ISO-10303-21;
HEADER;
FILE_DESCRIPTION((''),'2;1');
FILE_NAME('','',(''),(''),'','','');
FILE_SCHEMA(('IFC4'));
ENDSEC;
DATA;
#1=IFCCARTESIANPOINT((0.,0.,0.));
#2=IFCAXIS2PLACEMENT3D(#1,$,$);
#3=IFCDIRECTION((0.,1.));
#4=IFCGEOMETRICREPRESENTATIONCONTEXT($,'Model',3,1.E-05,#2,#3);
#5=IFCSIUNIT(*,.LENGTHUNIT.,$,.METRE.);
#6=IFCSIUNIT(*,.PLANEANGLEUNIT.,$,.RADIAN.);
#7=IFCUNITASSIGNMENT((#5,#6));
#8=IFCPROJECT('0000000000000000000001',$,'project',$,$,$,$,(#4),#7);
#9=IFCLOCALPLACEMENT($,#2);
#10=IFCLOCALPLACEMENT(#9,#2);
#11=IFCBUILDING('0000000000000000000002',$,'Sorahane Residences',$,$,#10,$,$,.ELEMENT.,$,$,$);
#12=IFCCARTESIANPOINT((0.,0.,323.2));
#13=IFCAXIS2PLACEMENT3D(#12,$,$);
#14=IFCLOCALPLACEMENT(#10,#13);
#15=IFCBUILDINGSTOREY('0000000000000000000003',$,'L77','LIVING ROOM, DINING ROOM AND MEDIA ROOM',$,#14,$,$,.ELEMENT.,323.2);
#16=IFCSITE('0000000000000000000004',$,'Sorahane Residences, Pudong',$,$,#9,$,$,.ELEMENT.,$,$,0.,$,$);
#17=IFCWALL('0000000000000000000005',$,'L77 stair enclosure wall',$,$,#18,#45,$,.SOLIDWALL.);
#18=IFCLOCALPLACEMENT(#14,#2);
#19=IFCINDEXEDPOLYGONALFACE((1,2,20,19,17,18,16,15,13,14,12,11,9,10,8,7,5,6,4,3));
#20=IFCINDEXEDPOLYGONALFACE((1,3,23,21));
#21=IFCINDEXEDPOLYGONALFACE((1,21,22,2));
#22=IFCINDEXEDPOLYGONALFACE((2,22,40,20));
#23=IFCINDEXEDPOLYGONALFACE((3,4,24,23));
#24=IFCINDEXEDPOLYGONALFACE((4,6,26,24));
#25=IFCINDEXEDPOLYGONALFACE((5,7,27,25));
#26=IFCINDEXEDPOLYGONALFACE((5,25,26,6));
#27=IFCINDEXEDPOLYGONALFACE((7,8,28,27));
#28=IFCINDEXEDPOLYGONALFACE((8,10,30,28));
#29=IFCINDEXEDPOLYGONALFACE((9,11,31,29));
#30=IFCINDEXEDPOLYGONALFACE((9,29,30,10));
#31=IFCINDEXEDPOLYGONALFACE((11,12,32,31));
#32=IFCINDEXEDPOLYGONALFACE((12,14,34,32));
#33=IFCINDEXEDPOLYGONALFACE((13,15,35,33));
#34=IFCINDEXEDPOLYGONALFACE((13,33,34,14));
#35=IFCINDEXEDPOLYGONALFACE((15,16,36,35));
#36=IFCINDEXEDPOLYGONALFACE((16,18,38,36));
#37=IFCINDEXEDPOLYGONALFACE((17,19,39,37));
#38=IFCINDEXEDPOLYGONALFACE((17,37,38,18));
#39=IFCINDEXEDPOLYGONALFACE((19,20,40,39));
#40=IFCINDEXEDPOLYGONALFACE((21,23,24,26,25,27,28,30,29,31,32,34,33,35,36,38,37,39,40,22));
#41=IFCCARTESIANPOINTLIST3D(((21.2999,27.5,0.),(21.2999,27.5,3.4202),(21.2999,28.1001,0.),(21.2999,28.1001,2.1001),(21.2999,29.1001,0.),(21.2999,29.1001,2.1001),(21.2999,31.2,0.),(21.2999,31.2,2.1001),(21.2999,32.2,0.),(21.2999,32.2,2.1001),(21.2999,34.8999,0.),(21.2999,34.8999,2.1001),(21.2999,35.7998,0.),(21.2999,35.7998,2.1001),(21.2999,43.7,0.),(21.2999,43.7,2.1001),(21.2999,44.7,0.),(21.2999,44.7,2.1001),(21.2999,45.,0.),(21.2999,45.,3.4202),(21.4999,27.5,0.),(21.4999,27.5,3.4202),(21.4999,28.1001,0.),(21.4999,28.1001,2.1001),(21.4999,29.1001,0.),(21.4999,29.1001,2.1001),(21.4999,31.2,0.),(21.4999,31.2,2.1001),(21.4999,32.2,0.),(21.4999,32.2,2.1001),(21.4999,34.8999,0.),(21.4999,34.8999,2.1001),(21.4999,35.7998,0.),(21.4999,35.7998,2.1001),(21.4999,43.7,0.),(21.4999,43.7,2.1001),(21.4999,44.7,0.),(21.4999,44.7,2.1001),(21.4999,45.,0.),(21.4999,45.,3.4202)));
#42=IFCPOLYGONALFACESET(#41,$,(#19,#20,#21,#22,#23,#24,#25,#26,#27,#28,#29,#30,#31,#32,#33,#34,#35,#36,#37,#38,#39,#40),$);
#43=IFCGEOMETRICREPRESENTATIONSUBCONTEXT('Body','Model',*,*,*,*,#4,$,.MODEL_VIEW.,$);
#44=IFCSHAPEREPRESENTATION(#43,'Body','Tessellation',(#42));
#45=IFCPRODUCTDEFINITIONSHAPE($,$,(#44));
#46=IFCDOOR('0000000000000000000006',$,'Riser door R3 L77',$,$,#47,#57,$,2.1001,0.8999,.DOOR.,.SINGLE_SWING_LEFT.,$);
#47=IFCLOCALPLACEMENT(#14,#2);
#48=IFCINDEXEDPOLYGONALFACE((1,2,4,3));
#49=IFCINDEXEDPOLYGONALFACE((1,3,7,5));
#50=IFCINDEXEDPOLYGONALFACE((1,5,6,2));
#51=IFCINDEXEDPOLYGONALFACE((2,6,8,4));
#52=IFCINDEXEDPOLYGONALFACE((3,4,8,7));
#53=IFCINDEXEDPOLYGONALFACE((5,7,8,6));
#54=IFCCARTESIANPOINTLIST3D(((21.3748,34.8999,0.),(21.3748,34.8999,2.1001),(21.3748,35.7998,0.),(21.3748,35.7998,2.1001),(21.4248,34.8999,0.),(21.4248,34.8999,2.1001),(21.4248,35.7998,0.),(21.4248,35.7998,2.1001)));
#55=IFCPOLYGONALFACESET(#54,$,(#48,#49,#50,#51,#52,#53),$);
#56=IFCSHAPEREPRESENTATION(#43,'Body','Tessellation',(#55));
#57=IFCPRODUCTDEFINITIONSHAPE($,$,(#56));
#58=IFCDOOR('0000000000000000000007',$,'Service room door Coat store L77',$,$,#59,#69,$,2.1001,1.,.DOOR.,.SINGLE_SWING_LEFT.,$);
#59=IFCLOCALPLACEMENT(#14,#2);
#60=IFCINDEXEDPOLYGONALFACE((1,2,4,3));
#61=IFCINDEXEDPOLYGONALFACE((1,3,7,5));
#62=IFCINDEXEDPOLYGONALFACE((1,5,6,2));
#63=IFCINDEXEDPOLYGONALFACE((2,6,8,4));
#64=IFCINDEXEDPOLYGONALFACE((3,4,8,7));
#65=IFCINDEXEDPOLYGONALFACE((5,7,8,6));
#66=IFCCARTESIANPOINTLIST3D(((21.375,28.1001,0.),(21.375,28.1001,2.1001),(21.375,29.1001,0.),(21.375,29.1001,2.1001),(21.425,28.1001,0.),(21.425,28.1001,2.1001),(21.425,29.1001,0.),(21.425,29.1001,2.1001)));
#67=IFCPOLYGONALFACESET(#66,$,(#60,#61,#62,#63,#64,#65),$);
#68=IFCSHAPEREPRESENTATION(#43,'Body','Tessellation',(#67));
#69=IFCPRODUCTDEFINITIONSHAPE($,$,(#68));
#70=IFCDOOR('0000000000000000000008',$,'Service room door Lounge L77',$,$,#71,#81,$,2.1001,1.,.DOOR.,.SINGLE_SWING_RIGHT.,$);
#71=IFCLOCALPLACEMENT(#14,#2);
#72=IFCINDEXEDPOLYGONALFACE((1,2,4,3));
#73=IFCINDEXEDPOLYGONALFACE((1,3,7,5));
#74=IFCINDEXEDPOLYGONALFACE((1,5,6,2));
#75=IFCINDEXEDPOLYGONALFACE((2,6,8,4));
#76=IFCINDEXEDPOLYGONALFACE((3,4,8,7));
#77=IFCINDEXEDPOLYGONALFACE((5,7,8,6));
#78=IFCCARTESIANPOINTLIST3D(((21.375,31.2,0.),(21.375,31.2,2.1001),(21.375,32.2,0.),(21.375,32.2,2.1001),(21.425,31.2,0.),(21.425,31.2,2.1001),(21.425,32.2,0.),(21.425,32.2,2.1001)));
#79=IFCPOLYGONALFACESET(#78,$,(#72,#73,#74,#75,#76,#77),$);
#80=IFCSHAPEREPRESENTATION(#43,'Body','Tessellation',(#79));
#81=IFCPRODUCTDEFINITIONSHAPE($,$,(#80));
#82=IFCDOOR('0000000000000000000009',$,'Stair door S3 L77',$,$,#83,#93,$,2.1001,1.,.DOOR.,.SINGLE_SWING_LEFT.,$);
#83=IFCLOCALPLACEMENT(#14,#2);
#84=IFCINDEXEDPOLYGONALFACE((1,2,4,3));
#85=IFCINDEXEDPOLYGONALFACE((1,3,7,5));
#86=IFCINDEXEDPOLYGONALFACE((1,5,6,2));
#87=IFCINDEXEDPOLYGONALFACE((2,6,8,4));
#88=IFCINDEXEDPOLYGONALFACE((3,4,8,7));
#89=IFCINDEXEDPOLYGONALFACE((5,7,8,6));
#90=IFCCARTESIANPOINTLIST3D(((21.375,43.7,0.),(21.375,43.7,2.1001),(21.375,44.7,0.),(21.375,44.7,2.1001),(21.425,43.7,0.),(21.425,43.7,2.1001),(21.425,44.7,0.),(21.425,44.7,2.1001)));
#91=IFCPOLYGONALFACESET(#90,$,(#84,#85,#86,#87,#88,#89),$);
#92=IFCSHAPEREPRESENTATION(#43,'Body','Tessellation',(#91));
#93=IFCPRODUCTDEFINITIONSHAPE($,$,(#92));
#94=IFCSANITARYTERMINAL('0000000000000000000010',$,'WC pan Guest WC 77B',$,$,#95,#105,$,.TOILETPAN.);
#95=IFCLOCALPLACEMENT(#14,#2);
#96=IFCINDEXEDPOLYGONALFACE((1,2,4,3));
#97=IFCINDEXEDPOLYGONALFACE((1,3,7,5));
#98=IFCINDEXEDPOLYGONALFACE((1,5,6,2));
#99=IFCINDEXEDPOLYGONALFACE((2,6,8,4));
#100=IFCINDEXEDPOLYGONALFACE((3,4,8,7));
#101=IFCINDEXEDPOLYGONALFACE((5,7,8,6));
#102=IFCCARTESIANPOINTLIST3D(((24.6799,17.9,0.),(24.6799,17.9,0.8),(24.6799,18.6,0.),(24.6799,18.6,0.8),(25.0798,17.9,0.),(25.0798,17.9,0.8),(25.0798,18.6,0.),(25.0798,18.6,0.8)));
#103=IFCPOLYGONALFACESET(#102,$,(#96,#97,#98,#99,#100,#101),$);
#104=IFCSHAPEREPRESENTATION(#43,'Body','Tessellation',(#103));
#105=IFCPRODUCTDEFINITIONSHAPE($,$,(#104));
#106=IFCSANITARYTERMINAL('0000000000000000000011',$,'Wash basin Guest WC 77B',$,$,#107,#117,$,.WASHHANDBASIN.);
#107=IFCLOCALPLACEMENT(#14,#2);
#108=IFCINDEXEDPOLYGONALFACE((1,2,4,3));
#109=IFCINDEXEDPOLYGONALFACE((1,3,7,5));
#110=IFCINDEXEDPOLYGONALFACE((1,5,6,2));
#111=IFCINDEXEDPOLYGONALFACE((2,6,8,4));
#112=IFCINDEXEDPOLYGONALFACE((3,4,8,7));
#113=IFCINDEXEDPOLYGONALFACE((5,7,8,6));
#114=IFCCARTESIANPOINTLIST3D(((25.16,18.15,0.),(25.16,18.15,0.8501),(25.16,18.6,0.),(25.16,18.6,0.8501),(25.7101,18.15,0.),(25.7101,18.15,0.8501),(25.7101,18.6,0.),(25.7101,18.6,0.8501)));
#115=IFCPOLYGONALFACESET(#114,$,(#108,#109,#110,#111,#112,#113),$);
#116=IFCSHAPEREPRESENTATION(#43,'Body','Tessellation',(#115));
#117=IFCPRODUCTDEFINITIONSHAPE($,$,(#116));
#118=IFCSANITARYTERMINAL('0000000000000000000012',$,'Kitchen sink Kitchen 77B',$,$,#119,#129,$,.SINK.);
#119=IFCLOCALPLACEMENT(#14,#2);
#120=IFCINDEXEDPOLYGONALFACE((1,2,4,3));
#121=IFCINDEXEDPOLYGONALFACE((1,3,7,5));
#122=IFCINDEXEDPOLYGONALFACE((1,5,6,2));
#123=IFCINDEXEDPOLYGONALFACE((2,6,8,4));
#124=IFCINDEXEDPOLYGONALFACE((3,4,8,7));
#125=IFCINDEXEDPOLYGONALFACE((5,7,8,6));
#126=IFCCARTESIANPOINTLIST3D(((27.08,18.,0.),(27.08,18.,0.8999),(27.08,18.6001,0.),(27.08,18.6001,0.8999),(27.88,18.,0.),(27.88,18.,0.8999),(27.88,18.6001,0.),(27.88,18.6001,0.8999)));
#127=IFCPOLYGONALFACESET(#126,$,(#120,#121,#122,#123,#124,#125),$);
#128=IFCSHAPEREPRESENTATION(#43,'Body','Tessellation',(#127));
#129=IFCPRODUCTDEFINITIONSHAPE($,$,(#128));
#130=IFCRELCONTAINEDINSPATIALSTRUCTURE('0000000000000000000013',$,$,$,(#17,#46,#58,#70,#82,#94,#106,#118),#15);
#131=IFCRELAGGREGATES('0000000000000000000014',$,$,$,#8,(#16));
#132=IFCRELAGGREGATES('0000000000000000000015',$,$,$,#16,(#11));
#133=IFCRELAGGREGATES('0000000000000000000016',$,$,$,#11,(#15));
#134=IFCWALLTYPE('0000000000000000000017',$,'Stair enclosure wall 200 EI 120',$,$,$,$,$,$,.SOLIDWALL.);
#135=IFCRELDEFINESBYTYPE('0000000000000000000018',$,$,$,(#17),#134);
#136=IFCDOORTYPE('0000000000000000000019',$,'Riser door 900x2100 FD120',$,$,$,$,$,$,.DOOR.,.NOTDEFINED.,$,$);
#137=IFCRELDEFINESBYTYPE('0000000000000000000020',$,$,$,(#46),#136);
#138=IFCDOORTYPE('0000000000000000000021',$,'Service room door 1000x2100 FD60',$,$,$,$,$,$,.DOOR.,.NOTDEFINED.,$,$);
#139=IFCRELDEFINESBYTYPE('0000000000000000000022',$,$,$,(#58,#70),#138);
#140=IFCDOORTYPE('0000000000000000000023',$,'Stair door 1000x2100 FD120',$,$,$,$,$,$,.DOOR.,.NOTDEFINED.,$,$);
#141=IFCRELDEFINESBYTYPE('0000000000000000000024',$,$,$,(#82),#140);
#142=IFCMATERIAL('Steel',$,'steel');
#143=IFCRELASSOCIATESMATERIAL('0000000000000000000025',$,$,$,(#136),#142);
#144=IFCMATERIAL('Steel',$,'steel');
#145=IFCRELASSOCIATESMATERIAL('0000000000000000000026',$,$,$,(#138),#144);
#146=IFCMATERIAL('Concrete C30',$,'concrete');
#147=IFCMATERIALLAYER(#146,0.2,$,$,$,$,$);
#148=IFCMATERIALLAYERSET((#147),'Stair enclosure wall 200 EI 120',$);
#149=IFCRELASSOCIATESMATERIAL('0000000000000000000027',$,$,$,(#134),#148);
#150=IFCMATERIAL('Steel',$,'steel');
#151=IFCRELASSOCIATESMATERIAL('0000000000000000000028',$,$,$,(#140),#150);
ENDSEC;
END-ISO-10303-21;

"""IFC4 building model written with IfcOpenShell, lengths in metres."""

from ifc_helpers import new_model, si_unit, direction, frame, frame_2d, origin, origin_2d, place, context, subcontext, project, spatial, rectangle, extrude, material, layer, layer_set, type_object, element, fill, save


model = new_model("IFC4")

# Units and contexts
model_context = context("Model", 3, precision=1e-05, world=origin(), true_north=direction((0.0, 1.0)))
body_context = subcontext(model_context, "Body", "Model", "MODEL_VIEW")
ifc_project = project(units=[si_unit("LENGTHUNIT", "METRE"), si_unit("PLANEANGLEUNIT", "RADIAN")], contexts=[model_context])

# Site, building, storey
site_placement = place(None, origin())
site = spatial("IfcSite", under=ifc_project, at=site_placement, Name="Sorahane Residences, Pudong", CompositionType="ELEMENT", RefElevation=0.0)
building_placement = place(site_placement, origin())
building = spatial("IfcBuilding", under=site, at=building_placement, Name="Sorahane Residences", CompositionType="ELEMENT")
storey_placement = place(building_placement, frame((0.0, 0.0, 323.2)))
storey = spatial("IfcBuildingStorey", under=building, at=storey_placement, Name="L77", Description="LIVING ROOM, DINING ROOM AND MEDIA ROOM", CompositionType="ELEMENT", Elevation=323.2)

# Shared definitions
ifc_material_1 = material(Name="Steel", Category="steel")
door_type_1 = type_object("IfcDoorType", Name="Riser door 900x2100 FD120", OperationType="NOTDEFINED", PredefinedType="DOOR", material=ifc_material_1)
ifc_material_2 = material(Name="Steel", Category="steel")
door_type_2 = type_object("IfcDoorType", Name="Service room door 1000x2100 FD60", OperationType="NOTDEFINED", PredefinedType="DOOR", material=ifc_material_2)

# Wall, openings, doors
ifc_material_3 = material(Name="Concrete C30", Category="concrete")
ifc_layer_1 = layer(ifc_material_3, 0.2)
ifc_layer_set_1 = layer_set([ifc_layer_1], Name="Stair enclosure wall 200 EI 120")
wall_type_1 = type_object("IfcWallType", Name="Stair enclosure wall 200 EI 120", PredefinedType="SOLIDWALL", material=ifc_layer_set_1)
wall_1_placement = place(storey_placement, frame((21.3999, 27.5, 0.0), z_axis=(0.0, 0.0, 1.0), x_axis=(0.0, 1.0, 0.0)))
wall_1 = element("IfcWall", 1, at=wall_1_placement, inside=storey, type_object=wall_type_1, Name="L77 stair enclosure wall", PredefinedType="SOLIDWALL", context=body_context, shape_type="SweptSolid", body=[
    extrude(rectangle(XDim=17.5, YDim=0.2, at=frame_2d((8.75, 0.0))), origin(), (0.0, 0.0, 1.0), 3.4202),
])
opening_1_placement = place(wall_1_placement, frame((0.6001, 0.0, 0.0)))
opening_1 = element("IfcOpeningElement", 2, at=opening_1_placement, cuts=wall_1, PredefinedType="OPENING", context=body_context, shape_type="SweptSolid", body=[
    extrude(rectangle(XDim=1.0, YDim=2.1001, at=frame_2d((0.5, 1.05))), frame((0.0, 0.1099, 0.0), z_axis=(0.0, -1.0, 0.0), x_axis=(1.0, 0.0, 0.0)), (0.0, 0.0, 1.0), 0.22),
])
opening_2_placement = place(wall_1_placement, frame((3.7, 0.0, 0.0)))
opening_2 = element("IfcOpeningElement", 3, at=opening_2_placement, cuts=wall_1, PredefinedType="OPENING", context=body_context, shape_type="SweptSolid", body=[
    extrude(rectangle(XDim=1.0, YDim=2.1001, at=frame_2d((0.5, 1.05))), frame((0.0, 0.1099, 0.0), z_axis=(0.0, -1.0, 0.0), x_axis=(1.0, 0.0, 0.0)), (0.0, 0.0, 1.0), 0.22),
])
opening_3_placement = place(wall_1_placement, frame((16.2, 0.0, 0.0)))
opening_3 = element("IfcOpeningElement", 4, at=opening_3_placement, cuts=wall_1, PredefinedType="OPENING", context=body_context, shape_type="SweptSolid", body=[
    extrude(rectangle(XDim=1.0, YDim=2.1001, at=frame_2d((0.5, 1.05))), frame((0.0, 0.1099, 0.0), z_axis=(0.0, -1.0, 0.0), x_axis=(1.0, 0.0, 0.0)), (0.0, 0.0, 1.0), 0.22),
])
opening_4_placement = place(wall_1_placement, frame((7.3999, 0.0, 0.0)))
opening_4 = element("IfcOpeningElement", 5, at=opening_4_placement, cuts=wall_1, PredefinedType="OPENING", context=body_context, shape_type="SweptSolid", body=[
    extrude(rectangle(XDim=0.8999, YDim=2.1001, at=frame_2d((0.45, 1.05))), frame((0.0, 0.1099, 0.0), z_axis=(0.0, -1.0, 0.0), x_axis=(1.0, 0.0, 0.0)), (0.0, 0.0, 1.0), 0.22),
])
door_1_placement = place(opening_4_placement, frame((0.8999, 0.0, 0.0), z_axis=(0.0, 0.0, 1.0), x_axis=(-1.0, 0.0, 0.0)))
door_1 = element("IfcDoor", 6, at=door_1_placement, inside=storey, type_object=door_type_1, Name="Riser door R3 L77", OperationType="SINGLE_SWING_LEFT", OverallHeight=2.1001, OverallWidth=0.8999, PredefinedType="DOOR", context=body_context, shape_type="SweptSolid", body=[
    extrude(rectangle(XDim=0.8999, YDim=2.1001, at=frame_2d((0.45, 1.05))), frame((0.0, 0.0249, 0.0), z_axis=(0.0, -1.0, 0.0), x_axis=(1.0, 0.0, 0.0)), (0.0, 0.0, 1.0), 0.05),
])
fill(opening_4, door_1)
door_2_placement = place(opening_1_placement, origin())
door_2 = element("IfcDoor", 7, at=door_2_placement, inside=storey, type_object=door_type_2, Name="Service room door Coat store L77", OperationType="SINGLE_SWING_LEFT", OverallHeight=2.1001, OverallWidth=1.0, PredefinedType="DOOR", context=body_context, shape_type="SweptSolid", body=[
    extrude(rectangle(XDim=1.0, YDim=2.1001, at=frame_2d((0.5, 1.05))), frame((0.0, 0.0249, 0.0), z_axis=(0.0, -1.0, 0.0), x_axis=(1.0, 0.0, 0.0)), (0.0, 0.0, 1.0), 0.05),
])
fill(opening_1, door_2)
door_3_placement = place(opening_2_placement, origin())
door_3 = element("IfcDoor", 8, at=door_3_placement, inside=storey, type_object=door_type_2, Name="Service room door Lounge L77", OperationType="SINGLE_SWING_RIGHT", OverallHeight=2.1001, OverallWidth=1.0, PredefinedType="DOOR", context=body_context, shape_type="SweptSolid", body=[
    extrude(rectangle(XDim=1.0, YDim=2.1001, at=frame_2d((0.5, 1.05))), frame((0.0, 0.0249, 0.0), z_axis=(0.0, -1.0, 0.0), x_axis=(1.0, 0.0, 0.0)), (0.0, 0.0, 1.0), 0.05),
])
fill(opening_2, door_3)
ifc_material_4 = material(Name="Steel", Category="steel")
door_type_3 = type_object("IfcDoorType", Name="Stair door 1000x2100 FD120", OperationType="NOTDEFINED", PredefinedType="DOOR", material=ifc_material_4)
door_4_placement = place(opening_3_placement, origin())
door_4 = element("IfcDoor", 9, at=door_4_placement, inside=storey, type_object=door_type_3, Name="Stair door S3 L77", OperationType="SINGLE_SWING_LEFT", OverallHeight=2.1001, OverallWidth=1.0, PredefinedType="DOOR", context=body_context, shape_type="SweptSolid", body=[
    extrude(rectangle(XDim=1.0, YDim=2.1001, at=frame_2d((0.5, 1.05))), frame((0.0, 0.0249, 0.0), z_axis=(0.0, -1.0, 0.0), x_axis=(1.0, 0.0, 0.0)), (0.0, 0.0, 1.0), 0.05),
])
fill(opening_3, door_4)

# Sanitary terminals
sanitary_terminal_1_placement = place(storey_placement, frame((24.8799, 18.25, 0.0), z_axis=(0.0, 0.0, 1.0), x_axis=(1.0, 0.0, 0.0)))
element("IfcSanitaryTerminal", 10, at=sanitary_terminal_1_placement, inside=storey, Name="WC pan Guest WC 77B", PredefinedType="TOILETPAN", context=body_context, shape_type="SweptSolid", body=[
    extrude(rectangle(XDim=0.3999, YDim=0.7, at=origin_2d()), origin(), (0.0, 0.0, 1.0), 0.8),
])
sanitary_terminal_2_placement = place(storey_placement, frame((25.4351, 18.375, 0.0), z_axis=(0.0, 0.0, 1.0), x_axis=(1.0, 0.0, 0.0)))
element("IfcSanitaryTerminal", 11, at=sanitary_terminal_2_placement, inside=storey, Name="Wash basin Guest WC 77B", PredefinedType="WASHHANDBASIN", context=body_context, shape_type="SweptSolid", body=[
    extrude(rectangle(XDim=0.55, YDim=0.45, at=origin_2d()), origin(), (0.0, 0.0, 1.0), 0.8501),
])
sanitary_terminal_3_placement = place(storey_placement, frame((27.48, 18.3, 0.0), z_axis=(0.0, 0.0, 1.0), x_axis=(1.0, 0.0, 0.0)))
element("IfcSanitaryTerminal", 12, at=sanitary_terminal_3_placement, inside=storey, Name="Kitchen sink Kitchen 77B", PredefinedType="SINK", context=body_context, shape_type="SweptSolid", body=[
    extrude(rectangle(XDim=0.8, YDim=0.6001, at=origin_2d()), origin(), (0.0, 0.0, 1.0), 0.8999),
])

save(model, "model.ifc")
